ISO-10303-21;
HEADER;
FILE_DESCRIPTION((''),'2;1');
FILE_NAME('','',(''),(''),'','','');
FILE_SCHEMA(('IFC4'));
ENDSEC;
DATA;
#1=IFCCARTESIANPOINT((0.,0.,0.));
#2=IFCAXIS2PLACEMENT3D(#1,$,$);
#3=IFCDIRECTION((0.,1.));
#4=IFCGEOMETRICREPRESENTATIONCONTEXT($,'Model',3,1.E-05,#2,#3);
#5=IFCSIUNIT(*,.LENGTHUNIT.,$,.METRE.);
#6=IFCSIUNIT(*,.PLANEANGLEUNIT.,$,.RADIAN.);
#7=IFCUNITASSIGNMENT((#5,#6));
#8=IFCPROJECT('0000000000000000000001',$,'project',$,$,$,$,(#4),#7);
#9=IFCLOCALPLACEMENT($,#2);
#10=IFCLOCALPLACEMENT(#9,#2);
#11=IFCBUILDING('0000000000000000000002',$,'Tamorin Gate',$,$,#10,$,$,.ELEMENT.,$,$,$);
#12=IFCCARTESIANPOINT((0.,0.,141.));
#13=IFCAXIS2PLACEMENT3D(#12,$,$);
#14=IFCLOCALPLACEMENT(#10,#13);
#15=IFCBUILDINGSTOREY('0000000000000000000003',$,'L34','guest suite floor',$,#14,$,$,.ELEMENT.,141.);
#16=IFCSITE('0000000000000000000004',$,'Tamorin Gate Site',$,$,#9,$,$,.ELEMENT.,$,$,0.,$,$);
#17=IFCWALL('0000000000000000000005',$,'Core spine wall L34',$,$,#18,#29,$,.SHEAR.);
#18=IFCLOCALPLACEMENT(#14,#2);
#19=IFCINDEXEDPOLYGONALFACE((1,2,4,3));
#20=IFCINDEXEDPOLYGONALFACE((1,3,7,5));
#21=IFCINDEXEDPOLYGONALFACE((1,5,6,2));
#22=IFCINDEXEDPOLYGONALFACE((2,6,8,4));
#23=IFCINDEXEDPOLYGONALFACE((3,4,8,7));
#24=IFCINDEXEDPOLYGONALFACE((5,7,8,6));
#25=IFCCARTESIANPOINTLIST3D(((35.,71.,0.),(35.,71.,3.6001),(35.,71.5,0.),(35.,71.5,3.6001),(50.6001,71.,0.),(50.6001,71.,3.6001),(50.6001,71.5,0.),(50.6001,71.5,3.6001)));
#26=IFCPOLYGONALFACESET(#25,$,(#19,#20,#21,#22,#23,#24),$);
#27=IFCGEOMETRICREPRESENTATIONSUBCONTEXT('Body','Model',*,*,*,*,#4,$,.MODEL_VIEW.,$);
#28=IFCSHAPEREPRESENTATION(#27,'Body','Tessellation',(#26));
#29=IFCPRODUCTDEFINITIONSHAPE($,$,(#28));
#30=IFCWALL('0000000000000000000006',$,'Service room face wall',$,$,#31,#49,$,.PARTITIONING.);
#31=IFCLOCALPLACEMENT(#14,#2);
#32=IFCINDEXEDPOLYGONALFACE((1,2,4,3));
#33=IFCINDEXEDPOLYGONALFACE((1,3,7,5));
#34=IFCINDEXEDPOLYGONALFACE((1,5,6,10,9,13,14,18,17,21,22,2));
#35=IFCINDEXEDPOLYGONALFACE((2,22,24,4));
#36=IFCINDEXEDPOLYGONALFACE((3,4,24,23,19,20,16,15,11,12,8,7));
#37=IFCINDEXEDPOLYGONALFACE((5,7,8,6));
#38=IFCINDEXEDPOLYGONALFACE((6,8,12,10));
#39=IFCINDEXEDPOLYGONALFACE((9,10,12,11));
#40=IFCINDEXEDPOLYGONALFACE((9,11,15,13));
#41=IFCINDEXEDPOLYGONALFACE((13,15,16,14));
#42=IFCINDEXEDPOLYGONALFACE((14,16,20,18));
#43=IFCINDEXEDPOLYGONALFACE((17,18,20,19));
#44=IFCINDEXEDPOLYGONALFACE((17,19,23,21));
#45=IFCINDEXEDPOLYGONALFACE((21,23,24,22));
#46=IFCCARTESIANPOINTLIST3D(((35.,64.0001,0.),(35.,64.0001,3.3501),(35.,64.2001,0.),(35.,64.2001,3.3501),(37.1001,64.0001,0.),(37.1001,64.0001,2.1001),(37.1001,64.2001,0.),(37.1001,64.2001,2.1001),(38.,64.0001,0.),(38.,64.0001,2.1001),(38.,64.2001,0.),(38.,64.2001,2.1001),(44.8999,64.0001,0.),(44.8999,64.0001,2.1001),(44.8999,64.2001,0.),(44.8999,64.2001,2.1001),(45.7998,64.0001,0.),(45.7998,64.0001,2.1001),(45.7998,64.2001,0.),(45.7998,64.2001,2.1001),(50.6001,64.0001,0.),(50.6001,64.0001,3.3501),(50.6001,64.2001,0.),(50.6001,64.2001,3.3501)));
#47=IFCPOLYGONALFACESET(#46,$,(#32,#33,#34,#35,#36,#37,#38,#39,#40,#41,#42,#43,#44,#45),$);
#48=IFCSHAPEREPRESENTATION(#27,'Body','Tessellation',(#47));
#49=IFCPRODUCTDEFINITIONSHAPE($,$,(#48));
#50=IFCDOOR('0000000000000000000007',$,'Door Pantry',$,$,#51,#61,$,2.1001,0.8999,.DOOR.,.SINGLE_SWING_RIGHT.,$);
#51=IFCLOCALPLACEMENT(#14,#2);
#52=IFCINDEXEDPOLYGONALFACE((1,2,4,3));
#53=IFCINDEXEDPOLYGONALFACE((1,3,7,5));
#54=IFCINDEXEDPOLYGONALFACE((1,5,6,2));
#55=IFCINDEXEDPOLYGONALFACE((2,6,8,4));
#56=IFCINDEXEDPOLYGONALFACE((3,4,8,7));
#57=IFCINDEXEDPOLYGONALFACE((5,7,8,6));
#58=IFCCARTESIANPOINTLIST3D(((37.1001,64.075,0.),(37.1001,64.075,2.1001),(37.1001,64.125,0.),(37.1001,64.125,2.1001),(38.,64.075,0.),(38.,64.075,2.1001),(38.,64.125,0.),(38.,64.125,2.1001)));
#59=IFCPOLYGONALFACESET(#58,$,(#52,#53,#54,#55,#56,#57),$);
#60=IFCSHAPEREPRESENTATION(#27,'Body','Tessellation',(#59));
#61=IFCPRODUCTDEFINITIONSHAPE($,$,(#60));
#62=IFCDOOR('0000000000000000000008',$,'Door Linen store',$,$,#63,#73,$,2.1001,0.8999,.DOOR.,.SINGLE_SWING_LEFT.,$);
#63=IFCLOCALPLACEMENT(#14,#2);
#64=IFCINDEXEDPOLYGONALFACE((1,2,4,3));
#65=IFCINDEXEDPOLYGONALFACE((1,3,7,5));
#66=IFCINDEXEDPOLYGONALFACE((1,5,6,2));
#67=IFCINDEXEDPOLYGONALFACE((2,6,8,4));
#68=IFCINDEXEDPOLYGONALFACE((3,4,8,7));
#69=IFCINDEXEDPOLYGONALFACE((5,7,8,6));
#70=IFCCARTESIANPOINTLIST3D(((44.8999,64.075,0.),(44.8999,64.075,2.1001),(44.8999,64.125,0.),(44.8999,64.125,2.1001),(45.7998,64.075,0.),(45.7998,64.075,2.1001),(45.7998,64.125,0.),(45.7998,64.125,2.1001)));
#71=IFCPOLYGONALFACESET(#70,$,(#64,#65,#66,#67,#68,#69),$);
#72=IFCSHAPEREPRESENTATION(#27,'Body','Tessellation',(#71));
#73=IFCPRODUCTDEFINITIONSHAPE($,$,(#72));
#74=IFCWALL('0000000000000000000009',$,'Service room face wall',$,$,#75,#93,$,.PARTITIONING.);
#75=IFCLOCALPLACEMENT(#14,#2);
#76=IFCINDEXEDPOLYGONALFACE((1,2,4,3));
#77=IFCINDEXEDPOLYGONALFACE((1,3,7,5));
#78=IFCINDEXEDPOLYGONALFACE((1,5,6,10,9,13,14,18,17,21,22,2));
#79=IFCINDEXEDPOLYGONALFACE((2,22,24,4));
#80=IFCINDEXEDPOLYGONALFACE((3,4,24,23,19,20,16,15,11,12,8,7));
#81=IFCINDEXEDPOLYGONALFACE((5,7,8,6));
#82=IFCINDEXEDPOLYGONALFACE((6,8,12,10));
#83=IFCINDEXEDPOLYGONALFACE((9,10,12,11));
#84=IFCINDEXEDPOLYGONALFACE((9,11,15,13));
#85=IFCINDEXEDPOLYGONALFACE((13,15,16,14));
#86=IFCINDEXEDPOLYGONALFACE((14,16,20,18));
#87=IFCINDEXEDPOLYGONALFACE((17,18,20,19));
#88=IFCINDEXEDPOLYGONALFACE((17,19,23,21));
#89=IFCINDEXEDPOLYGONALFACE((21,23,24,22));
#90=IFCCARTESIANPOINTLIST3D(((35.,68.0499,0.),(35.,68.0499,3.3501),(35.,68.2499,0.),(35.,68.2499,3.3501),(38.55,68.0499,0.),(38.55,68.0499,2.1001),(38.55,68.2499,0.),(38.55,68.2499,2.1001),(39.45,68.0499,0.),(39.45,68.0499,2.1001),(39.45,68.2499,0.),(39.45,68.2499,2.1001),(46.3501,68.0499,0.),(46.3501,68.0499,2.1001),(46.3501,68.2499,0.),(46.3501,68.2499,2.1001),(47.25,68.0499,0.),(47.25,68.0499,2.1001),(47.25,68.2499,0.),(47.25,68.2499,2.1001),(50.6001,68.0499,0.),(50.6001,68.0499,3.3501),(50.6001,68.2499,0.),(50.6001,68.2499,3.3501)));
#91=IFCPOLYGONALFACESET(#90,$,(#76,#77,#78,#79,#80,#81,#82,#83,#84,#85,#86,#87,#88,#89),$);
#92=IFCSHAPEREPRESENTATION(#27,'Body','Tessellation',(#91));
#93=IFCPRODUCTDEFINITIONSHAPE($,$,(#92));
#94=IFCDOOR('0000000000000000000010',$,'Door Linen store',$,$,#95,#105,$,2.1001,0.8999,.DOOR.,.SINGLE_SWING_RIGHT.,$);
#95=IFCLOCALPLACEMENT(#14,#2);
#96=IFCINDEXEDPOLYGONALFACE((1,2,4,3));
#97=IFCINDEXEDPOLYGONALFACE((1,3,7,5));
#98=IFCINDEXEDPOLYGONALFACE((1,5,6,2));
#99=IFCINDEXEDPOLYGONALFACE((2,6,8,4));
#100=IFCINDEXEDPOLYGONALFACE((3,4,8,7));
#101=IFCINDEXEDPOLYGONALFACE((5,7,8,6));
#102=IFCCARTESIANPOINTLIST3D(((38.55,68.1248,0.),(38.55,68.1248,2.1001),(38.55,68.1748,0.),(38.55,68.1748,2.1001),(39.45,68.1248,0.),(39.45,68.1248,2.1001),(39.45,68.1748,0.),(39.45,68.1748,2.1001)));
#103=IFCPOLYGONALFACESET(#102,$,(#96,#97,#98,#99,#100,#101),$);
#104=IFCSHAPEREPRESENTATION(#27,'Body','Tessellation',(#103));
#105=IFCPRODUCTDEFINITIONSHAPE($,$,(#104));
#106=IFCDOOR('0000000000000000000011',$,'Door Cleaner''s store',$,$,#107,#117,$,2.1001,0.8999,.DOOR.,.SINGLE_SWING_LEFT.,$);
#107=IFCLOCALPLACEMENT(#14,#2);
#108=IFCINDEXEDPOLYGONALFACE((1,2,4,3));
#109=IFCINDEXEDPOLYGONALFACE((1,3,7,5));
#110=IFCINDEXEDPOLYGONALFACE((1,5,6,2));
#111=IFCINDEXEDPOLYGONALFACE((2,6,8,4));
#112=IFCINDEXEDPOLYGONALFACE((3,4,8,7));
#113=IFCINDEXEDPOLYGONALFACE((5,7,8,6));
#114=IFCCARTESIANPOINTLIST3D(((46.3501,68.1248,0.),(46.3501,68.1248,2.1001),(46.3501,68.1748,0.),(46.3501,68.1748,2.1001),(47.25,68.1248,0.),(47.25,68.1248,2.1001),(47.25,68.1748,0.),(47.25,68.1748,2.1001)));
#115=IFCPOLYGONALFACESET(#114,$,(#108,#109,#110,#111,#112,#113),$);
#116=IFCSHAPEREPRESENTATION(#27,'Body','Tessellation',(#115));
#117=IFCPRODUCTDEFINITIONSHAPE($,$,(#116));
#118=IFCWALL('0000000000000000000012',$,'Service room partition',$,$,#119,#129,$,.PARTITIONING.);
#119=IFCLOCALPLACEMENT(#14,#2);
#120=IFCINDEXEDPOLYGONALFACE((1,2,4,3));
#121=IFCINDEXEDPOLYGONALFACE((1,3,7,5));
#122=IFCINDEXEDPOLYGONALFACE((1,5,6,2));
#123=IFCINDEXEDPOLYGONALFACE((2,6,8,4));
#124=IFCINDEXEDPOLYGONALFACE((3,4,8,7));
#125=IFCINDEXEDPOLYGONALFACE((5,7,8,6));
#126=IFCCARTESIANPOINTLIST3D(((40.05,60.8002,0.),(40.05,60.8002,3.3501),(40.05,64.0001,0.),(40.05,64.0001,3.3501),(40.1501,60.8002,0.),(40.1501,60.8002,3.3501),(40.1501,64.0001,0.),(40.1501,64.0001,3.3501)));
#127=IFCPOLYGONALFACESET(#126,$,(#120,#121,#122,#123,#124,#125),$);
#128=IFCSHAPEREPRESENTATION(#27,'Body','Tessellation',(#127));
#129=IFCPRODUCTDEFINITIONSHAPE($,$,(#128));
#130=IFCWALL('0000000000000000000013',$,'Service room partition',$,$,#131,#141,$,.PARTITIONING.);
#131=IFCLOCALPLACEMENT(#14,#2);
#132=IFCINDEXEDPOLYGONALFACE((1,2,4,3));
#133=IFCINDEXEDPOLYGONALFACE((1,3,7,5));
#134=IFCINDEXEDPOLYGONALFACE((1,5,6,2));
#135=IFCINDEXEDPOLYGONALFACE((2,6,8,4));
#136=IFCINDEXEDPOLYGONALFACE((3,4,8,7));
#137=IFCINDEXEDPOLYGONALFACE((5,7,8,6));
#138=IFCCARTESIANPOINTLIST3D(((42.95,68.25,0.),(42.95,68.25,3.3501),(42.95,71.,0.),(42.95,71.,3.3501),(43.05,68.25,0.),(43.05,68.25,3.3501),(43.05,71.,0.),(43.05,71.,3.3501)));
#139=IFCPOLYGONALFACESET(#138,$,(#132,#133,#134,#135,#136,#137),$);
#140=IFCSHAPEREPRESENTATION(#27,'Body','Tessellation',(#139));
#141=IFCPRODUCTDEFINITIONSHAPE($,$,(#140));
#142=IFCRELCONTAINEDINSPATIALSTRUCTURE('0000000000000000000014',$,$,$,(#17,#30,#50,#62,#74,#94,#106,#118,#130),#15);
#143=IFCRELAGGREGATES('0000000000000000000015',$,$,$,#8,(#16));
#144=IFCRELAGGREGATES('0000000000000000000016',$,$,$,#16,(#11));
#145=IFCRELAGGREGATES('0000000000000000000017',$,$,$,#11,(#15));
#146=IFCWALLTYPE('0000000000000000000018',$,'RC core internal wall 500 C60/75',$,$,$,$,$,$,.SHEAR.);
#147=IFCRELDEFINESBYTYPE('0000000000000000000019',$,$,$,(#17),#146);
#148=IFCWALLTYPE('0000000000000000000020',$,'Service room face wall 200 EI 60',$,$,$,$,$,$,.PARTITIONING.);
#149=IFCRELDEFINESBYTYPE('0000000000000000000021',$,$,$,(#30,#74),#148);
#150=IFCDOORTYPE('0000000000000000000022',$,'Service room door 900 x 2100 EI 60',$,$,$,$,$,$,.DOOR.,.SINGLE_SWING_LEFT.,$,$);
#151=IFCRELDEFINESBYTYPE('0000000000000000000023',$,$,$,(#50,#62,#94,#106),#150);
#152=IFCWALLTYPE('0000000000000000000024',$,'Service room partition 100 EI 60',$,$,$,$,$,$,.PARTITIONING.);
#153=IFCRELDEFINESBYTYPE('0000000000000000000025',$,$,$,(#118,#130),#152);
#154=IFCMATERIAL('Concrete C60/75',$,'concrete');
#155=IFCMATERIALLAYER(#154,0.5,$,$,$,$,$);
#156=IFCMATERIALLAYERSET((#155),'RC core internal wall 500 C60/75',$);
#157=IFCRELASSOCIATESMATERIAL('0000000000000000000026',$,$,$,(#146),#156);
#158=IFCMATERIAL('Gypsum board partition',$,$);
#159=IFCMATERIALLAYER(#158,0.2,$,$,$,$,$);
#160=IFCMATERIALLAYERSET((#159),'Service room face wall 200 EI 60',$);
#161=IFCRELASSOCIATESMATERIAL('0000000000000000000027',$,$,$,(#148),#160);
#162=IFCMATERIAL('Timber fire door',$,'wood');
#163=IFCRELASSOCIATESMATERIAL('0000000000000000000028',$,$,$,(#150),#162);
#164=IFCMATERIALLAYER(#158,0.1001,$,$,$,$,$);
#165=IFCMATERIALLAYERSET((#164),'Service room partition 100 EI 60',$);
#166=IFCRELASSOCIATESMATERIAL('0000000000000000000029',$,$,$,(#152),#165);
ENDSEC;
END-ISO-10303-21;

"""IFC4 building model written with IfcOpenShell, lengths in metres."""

from ifc_helpers import new_model, si_unit, direction, frame, frame_2d, origin, place, context, subcontext, project, spatial, rectangle, extrude, material, layer, layer_set, type_object, element, fill, save


model = new_model("IFC4")

# Units and contexts
model_context = context("Model", 3, precision=1e-05, world=origin(), true_north=direction((0.0, 1.0)))
body_context = subcontext(model_context, "Body", "Model", "MODEL_VIEW")
ifc_project = project(units=[si_unit("LENGTHUNIT", "METRE"), si_unit("PLANEANGLEUNIT", "RADIAN")], contexts=[model_context])

# Site, building, storey
site_placement = place(None, origin())
site = spatial("IfcSite", under=ifc_project, at=site_placement, Name="Tamorin Gate Site", CompositionType="ELEMENT", RefElevation=0.0)
building_placement = place(site_placement, origin())
building = spatial("IfcBuilding", under=site, at=building_placement, Name="Tamorin Gate", CompositionType="ELEMENT")
storey_placement = place(building_placement, frame((0.0, 0.0, 141.0)))
storey = spatial("IfcBuildingStorey", under=building, at=storey_placement, Name="L34", Description="guest suite floor", CompositionType="ELEMENT", Elevation=141.0)

# Wall
ifc_material_1 = material(Name="Concrete C60/75", Category="concrete")
ifc_layer_1 = layer(ifc_material_1, 0.5)
ifc_layer_set_1 = layer_set([ifc_layer_1], Name="RC core internal wall 500 C60/75")
wall_type_1 = type_object("IfcWallType", Name="RC core internal wall 500 C60/75", PredefinedType="SHEAR", material=ifc_layer_set_1)
wall_1_placement = place(storey_placement, frame((35.0, 71.25, 0.0), z_axis=(0.0, 0.0, 1.0), x_axis=(1.0, 0.0, 0.0)))
element("IfcWall", 1, at=wall_1_placement, inside=storey, type_object=wall_type_1, Name="Core spine wall L34", PredefinedType="SHEAR", context=body_context, shape_type="SweptSolid", body=[
    extrude(rectangle(XDim=15.6001, YDim=0.5, at=frame_2d((7.8, 0.0))), origin(), (0.0, 0.0, 1.0), 3.6001),
])

# Walls, openings, doors
ifc_material_2 = material(Name="Gypsum board partition")
ifc_layer_2 = layer(ifc_material_2, 0.2)
ifc_layer_set_2 = layer_set([ifc_layer_2], Name="Service room face wall 200 EI 60")
wall_type_2 = type_object("IfcWallType", Name="Service room face wall 200 EI 60", PredefinedType="PARTITIONING", material=ifc_layer_set_2)
wall_2_placement = place(storey_placement, frame((35.0, 64.1001, 0.0), z_axis=(0.0, 0.0, 1.0), x_axis=(1.0, 0.0, 0.0)))
wall_2 = element("IfcWall", 2, at=wall_2_placement, inside=storey, type_object=wall_type_2, Name="Service room face wall", PredefinedType="PARTITIONING", context=body_context, shape_type="SweptSolid", body=[
    extrude(rectangle(XDim=15.6001, YDim=0.2, at=frame_2d((7.8, 0.0))), origin(), (0.0, 0.0, 1.0), 3.3501),
])
opening_1_placement = place(wall_2_placement, frame((2.1001, 0.0, 0.0)))
opening_1 = element("IfcOpeningElement", 3, at=opening_1_placement, cuts=wall_2, PredefinedType="OPENING", context=body_context, shape_type="SweptSolid", body=[
    extrude(rectangle(XDim=0.8999, YDim=2.1001, at=frame_2d((0.45, 1.05))), frame((0.0, 0.1099, 0.0), z_axis=(0.0, -1.0, 0.0), x_axis=(1.0, 0.0, 0.0)), (0.0, 0.0, 1.0), 0.22),
])
opening_2_placement = place(wall_2_placement, frame((9.8999, 0.0, 0.0)))
opening_2 = element("IfcOpeningElement", 4, at=opening_2_placement, cuts=wall_2, PredefinedType="OPENING", context=body_context, shape_type="SweptSolid", body=[
    extrude(rectangle(XDim=0.8999, YDim=2.1001, at=frame_2d((0.45, 1.05))), frame((0.0, 0.1099, 0.0), z_axis=(0.0, -1.0, 0.0), x_axis=(1.0, 0.0, 0.0)), (0.0, 0.0, 1.0), 0.22),
])
ifc_material_3 = material(Name="Timber fire door", Category="wood")
door_type = type_object("IfcDoorType", Name="Service room door 900 x 2100 EI 60", OperationType="SINGLE_SWING_LEFT", PredefinedType="DOOR", material=ifc_material_3)
door_1_placement = place(opening_1_placement, origin())
door_1 = element("IfcDoor", 5, at=door_1_placement, inside=storey, type_object=door_type, Name="Door Pantry", OperationType="SINGLE_SWING_RIGHT", OverallHeight=2.1001, OverallWidth=0.8999, PredefinedType="DOOR", context=body_context, shape_type="SweptSolid", body=[
    extrude(rectangle(XDim=0.8999, YDim=2.1001, at=frame_2d((0.45, 1.05))), frame((0.0, 0.0249, 0.0), z_axis=(0.0, -1.0, 0.0), x_axis=(1.0, 0.0, 0.0)), (0.0, 0.0, 1.0), 0.05),
])
fill(opening_1, door_1)
door_2_placement = place(opening_2_placement, origin())
door_2 = element("IfcDoor", 6, at=door_2_placement, inside=storey, type_object=door_type, Name="Door Linen store", OperationType="SINGLE_SWING_LEFT", OverallHeight=2.1001, OverallWidth=0.8999, PredefinedType="DOOR", context=body_context, shape_type="SweptSolid", body=[
    extrude(rectangle(XDim=0.8999, YDim=2.1001, at=frame_2d((0.45, 1.05))), frame((0.0, 0.0249, 0.0), z_axis=(0.0, -1.0, 0.0), x_axis=(1.0, 0.0, 0.0)), (0.0, 0.0, 1.0), 0.05),
])
fill(opening_2, door_2)
wall_3_placement = place(storey_placement, frame((35.0, 68.1499, 0.0), z_axis=(0.0, 0.0, 1.0), x_axis=(1.0, 0.0, 0.0)))
wall_3 = element("IfcWall", 7, at=wall_3_placement, inside=storey, type_object=wall_type_2, Name="Service room face wall", PredefinedType="PARTITIONING", context=body_context, shape_type="SweptSolid", body=[
    extrude(rectangle(XDim=15.6001, YDim=0.2, at=frame_2d((7.8, 0.0))), origin(), (0.0, 0.0, 1.0), 3.3501),
])
opening_3_placement = place(wall_3_placement, frame((3.55, 0.0, 0.0)))
opening_3 = element("IfcOpeningElement", 8, at=opening_3_placement, cuts=wall_3, PredefinedType="OPENING", context=body_context, shape_type="SweptSolid", body=[
    extrude(rectangle(XDim=0.8999, YDim=2.1001, at=frame_2d((0.45, 1.05))), frame((0.0, 0.1099, 0.0), z_axis=(0.0, -1.0, 0.0), x_axis=(1.0, 0.0, 0.0)), (0.0, 0.0, 1.0), 0.22),
])
opening_4_placement = place(wall_3_placement, frame((11.3501, 0.0, 0.0)))
opening_4 = element("IfcOpeningElement", 9, at=opening_4_placement, cuts=wall_3, PredefinedType="OPENING", context=body_context, shape_type="SweptSolid", body=[
    extrude(rectangle(XDim=0.8999, YDim=2.1001, at=frame_2d((0.45, 1.05))), frame((0.0, 0.1099, 0.0), z_axis=(0.0, -1.0, 0.0), x_axis=(1.0, 0.0, 0.0)), (0.0, 0.0, 1.0), 0.22),
])
door_3_placement = place(opening_3_placement, origin())
door_3 = element("IfcDoor", 10, at=door_3_placement, inside=storey, type_object=door_type, Name="Door Linen store", OperationType="SINGLE_SWING_RIGHT", OverallHeight=2.1001, OverallWidth=0.8999, PredefinedType="DOOR", context=body_context, shape_type="SweptSolid", body=[
    extrude(rectangle(XDim=0.8999, YDim=2.1001, at=frame_2d((0.45, 1.05))), frame((0.0, 0.0249, 0.0), z_axis=(0.0, -1.0, 0.0), x_axis=(1.0, 0.0, 0.0)), (0.0, 0.0, 1.0), 0.05),
])
fill(opening_3, door_3)
door_4_placement = place(opening_4_placement, origin())
door_4 = element("IfcDoor", 11, at=door_4_placement, inside=storey, type_object=door_type, Name="Door Cleaner's store", OperationType="SINGLE_SWING_LEFT", OverallHeight=2.1001, OverallWidth=0.8999, PredefinedType="DOOR", context=body_context, shape_type="SweptSolid", body=[
    extrude(rectangle(XDim=0.8999, YDim=2.1001, at=frame_2d((0.45, 1.05))), frame((0.0, 0.0249, 0.0), z_axis=(0.0, -1.0, 0.0), x_axis=(1.0, 0.0, 0.0)), (0.0, 0.0, 1.0), 0.05),
])
fill(opening_4, door_4)

# Walls
ifc_layer_3 = layer(ifc_material_2, 0.1001)
ifc_layer_set_3 = layer_set([ifc_layer_3], Name="Service room partition 100 EI 60")
wall_type_3 = type_object("IfcWallType", Name="Service room partition 100 EI 60", PredefinedType="PARTITIONING", material=ifc_layer_set_3)
wall_4_placement = place(storey_placement, frame((40.1001, 60.8, 0.0), z_axis=(0.0, 0.0, 1.0), x_axis=(0.0, 1.0, 0.0)))
element("IfcWall", 12, at=wall_4_placement, inside=storey, type_object=wall_type_3, Name="Service room partition", PredefinedType="PARTITIONING", context=body_context, shape_type="SweptSolid", body=[
    extrude(rectangle(XDim=3.2, YDim=0.1001, at=frame_2d((1.6001, 0.0))), origin(), (0.0, 0.0, 1.0), 3.3501),
])
wall_5_placement = place(storey_placement, frame((43.0, 68.25, 0.0), z_axis=(0.0, 0.0, 1.0), x_axis=(0.0, 1.0, 0.0)))
element("IfcWall", 13, at=wall_5_placement, inside=storey, type_object=wall_type_3, Name="Service room partition", PredefinedType="PARTITIONING", context=body_context, shape_type="SweptSolid", body=[
    extrude(rectangle(XDim=2.75, YDim=0.1001, at=frame_2d((1.375, 0.0))), origin(), (0.0, 0.0, 1.0), 3.3501),
])

save(model, "model.ifc")
